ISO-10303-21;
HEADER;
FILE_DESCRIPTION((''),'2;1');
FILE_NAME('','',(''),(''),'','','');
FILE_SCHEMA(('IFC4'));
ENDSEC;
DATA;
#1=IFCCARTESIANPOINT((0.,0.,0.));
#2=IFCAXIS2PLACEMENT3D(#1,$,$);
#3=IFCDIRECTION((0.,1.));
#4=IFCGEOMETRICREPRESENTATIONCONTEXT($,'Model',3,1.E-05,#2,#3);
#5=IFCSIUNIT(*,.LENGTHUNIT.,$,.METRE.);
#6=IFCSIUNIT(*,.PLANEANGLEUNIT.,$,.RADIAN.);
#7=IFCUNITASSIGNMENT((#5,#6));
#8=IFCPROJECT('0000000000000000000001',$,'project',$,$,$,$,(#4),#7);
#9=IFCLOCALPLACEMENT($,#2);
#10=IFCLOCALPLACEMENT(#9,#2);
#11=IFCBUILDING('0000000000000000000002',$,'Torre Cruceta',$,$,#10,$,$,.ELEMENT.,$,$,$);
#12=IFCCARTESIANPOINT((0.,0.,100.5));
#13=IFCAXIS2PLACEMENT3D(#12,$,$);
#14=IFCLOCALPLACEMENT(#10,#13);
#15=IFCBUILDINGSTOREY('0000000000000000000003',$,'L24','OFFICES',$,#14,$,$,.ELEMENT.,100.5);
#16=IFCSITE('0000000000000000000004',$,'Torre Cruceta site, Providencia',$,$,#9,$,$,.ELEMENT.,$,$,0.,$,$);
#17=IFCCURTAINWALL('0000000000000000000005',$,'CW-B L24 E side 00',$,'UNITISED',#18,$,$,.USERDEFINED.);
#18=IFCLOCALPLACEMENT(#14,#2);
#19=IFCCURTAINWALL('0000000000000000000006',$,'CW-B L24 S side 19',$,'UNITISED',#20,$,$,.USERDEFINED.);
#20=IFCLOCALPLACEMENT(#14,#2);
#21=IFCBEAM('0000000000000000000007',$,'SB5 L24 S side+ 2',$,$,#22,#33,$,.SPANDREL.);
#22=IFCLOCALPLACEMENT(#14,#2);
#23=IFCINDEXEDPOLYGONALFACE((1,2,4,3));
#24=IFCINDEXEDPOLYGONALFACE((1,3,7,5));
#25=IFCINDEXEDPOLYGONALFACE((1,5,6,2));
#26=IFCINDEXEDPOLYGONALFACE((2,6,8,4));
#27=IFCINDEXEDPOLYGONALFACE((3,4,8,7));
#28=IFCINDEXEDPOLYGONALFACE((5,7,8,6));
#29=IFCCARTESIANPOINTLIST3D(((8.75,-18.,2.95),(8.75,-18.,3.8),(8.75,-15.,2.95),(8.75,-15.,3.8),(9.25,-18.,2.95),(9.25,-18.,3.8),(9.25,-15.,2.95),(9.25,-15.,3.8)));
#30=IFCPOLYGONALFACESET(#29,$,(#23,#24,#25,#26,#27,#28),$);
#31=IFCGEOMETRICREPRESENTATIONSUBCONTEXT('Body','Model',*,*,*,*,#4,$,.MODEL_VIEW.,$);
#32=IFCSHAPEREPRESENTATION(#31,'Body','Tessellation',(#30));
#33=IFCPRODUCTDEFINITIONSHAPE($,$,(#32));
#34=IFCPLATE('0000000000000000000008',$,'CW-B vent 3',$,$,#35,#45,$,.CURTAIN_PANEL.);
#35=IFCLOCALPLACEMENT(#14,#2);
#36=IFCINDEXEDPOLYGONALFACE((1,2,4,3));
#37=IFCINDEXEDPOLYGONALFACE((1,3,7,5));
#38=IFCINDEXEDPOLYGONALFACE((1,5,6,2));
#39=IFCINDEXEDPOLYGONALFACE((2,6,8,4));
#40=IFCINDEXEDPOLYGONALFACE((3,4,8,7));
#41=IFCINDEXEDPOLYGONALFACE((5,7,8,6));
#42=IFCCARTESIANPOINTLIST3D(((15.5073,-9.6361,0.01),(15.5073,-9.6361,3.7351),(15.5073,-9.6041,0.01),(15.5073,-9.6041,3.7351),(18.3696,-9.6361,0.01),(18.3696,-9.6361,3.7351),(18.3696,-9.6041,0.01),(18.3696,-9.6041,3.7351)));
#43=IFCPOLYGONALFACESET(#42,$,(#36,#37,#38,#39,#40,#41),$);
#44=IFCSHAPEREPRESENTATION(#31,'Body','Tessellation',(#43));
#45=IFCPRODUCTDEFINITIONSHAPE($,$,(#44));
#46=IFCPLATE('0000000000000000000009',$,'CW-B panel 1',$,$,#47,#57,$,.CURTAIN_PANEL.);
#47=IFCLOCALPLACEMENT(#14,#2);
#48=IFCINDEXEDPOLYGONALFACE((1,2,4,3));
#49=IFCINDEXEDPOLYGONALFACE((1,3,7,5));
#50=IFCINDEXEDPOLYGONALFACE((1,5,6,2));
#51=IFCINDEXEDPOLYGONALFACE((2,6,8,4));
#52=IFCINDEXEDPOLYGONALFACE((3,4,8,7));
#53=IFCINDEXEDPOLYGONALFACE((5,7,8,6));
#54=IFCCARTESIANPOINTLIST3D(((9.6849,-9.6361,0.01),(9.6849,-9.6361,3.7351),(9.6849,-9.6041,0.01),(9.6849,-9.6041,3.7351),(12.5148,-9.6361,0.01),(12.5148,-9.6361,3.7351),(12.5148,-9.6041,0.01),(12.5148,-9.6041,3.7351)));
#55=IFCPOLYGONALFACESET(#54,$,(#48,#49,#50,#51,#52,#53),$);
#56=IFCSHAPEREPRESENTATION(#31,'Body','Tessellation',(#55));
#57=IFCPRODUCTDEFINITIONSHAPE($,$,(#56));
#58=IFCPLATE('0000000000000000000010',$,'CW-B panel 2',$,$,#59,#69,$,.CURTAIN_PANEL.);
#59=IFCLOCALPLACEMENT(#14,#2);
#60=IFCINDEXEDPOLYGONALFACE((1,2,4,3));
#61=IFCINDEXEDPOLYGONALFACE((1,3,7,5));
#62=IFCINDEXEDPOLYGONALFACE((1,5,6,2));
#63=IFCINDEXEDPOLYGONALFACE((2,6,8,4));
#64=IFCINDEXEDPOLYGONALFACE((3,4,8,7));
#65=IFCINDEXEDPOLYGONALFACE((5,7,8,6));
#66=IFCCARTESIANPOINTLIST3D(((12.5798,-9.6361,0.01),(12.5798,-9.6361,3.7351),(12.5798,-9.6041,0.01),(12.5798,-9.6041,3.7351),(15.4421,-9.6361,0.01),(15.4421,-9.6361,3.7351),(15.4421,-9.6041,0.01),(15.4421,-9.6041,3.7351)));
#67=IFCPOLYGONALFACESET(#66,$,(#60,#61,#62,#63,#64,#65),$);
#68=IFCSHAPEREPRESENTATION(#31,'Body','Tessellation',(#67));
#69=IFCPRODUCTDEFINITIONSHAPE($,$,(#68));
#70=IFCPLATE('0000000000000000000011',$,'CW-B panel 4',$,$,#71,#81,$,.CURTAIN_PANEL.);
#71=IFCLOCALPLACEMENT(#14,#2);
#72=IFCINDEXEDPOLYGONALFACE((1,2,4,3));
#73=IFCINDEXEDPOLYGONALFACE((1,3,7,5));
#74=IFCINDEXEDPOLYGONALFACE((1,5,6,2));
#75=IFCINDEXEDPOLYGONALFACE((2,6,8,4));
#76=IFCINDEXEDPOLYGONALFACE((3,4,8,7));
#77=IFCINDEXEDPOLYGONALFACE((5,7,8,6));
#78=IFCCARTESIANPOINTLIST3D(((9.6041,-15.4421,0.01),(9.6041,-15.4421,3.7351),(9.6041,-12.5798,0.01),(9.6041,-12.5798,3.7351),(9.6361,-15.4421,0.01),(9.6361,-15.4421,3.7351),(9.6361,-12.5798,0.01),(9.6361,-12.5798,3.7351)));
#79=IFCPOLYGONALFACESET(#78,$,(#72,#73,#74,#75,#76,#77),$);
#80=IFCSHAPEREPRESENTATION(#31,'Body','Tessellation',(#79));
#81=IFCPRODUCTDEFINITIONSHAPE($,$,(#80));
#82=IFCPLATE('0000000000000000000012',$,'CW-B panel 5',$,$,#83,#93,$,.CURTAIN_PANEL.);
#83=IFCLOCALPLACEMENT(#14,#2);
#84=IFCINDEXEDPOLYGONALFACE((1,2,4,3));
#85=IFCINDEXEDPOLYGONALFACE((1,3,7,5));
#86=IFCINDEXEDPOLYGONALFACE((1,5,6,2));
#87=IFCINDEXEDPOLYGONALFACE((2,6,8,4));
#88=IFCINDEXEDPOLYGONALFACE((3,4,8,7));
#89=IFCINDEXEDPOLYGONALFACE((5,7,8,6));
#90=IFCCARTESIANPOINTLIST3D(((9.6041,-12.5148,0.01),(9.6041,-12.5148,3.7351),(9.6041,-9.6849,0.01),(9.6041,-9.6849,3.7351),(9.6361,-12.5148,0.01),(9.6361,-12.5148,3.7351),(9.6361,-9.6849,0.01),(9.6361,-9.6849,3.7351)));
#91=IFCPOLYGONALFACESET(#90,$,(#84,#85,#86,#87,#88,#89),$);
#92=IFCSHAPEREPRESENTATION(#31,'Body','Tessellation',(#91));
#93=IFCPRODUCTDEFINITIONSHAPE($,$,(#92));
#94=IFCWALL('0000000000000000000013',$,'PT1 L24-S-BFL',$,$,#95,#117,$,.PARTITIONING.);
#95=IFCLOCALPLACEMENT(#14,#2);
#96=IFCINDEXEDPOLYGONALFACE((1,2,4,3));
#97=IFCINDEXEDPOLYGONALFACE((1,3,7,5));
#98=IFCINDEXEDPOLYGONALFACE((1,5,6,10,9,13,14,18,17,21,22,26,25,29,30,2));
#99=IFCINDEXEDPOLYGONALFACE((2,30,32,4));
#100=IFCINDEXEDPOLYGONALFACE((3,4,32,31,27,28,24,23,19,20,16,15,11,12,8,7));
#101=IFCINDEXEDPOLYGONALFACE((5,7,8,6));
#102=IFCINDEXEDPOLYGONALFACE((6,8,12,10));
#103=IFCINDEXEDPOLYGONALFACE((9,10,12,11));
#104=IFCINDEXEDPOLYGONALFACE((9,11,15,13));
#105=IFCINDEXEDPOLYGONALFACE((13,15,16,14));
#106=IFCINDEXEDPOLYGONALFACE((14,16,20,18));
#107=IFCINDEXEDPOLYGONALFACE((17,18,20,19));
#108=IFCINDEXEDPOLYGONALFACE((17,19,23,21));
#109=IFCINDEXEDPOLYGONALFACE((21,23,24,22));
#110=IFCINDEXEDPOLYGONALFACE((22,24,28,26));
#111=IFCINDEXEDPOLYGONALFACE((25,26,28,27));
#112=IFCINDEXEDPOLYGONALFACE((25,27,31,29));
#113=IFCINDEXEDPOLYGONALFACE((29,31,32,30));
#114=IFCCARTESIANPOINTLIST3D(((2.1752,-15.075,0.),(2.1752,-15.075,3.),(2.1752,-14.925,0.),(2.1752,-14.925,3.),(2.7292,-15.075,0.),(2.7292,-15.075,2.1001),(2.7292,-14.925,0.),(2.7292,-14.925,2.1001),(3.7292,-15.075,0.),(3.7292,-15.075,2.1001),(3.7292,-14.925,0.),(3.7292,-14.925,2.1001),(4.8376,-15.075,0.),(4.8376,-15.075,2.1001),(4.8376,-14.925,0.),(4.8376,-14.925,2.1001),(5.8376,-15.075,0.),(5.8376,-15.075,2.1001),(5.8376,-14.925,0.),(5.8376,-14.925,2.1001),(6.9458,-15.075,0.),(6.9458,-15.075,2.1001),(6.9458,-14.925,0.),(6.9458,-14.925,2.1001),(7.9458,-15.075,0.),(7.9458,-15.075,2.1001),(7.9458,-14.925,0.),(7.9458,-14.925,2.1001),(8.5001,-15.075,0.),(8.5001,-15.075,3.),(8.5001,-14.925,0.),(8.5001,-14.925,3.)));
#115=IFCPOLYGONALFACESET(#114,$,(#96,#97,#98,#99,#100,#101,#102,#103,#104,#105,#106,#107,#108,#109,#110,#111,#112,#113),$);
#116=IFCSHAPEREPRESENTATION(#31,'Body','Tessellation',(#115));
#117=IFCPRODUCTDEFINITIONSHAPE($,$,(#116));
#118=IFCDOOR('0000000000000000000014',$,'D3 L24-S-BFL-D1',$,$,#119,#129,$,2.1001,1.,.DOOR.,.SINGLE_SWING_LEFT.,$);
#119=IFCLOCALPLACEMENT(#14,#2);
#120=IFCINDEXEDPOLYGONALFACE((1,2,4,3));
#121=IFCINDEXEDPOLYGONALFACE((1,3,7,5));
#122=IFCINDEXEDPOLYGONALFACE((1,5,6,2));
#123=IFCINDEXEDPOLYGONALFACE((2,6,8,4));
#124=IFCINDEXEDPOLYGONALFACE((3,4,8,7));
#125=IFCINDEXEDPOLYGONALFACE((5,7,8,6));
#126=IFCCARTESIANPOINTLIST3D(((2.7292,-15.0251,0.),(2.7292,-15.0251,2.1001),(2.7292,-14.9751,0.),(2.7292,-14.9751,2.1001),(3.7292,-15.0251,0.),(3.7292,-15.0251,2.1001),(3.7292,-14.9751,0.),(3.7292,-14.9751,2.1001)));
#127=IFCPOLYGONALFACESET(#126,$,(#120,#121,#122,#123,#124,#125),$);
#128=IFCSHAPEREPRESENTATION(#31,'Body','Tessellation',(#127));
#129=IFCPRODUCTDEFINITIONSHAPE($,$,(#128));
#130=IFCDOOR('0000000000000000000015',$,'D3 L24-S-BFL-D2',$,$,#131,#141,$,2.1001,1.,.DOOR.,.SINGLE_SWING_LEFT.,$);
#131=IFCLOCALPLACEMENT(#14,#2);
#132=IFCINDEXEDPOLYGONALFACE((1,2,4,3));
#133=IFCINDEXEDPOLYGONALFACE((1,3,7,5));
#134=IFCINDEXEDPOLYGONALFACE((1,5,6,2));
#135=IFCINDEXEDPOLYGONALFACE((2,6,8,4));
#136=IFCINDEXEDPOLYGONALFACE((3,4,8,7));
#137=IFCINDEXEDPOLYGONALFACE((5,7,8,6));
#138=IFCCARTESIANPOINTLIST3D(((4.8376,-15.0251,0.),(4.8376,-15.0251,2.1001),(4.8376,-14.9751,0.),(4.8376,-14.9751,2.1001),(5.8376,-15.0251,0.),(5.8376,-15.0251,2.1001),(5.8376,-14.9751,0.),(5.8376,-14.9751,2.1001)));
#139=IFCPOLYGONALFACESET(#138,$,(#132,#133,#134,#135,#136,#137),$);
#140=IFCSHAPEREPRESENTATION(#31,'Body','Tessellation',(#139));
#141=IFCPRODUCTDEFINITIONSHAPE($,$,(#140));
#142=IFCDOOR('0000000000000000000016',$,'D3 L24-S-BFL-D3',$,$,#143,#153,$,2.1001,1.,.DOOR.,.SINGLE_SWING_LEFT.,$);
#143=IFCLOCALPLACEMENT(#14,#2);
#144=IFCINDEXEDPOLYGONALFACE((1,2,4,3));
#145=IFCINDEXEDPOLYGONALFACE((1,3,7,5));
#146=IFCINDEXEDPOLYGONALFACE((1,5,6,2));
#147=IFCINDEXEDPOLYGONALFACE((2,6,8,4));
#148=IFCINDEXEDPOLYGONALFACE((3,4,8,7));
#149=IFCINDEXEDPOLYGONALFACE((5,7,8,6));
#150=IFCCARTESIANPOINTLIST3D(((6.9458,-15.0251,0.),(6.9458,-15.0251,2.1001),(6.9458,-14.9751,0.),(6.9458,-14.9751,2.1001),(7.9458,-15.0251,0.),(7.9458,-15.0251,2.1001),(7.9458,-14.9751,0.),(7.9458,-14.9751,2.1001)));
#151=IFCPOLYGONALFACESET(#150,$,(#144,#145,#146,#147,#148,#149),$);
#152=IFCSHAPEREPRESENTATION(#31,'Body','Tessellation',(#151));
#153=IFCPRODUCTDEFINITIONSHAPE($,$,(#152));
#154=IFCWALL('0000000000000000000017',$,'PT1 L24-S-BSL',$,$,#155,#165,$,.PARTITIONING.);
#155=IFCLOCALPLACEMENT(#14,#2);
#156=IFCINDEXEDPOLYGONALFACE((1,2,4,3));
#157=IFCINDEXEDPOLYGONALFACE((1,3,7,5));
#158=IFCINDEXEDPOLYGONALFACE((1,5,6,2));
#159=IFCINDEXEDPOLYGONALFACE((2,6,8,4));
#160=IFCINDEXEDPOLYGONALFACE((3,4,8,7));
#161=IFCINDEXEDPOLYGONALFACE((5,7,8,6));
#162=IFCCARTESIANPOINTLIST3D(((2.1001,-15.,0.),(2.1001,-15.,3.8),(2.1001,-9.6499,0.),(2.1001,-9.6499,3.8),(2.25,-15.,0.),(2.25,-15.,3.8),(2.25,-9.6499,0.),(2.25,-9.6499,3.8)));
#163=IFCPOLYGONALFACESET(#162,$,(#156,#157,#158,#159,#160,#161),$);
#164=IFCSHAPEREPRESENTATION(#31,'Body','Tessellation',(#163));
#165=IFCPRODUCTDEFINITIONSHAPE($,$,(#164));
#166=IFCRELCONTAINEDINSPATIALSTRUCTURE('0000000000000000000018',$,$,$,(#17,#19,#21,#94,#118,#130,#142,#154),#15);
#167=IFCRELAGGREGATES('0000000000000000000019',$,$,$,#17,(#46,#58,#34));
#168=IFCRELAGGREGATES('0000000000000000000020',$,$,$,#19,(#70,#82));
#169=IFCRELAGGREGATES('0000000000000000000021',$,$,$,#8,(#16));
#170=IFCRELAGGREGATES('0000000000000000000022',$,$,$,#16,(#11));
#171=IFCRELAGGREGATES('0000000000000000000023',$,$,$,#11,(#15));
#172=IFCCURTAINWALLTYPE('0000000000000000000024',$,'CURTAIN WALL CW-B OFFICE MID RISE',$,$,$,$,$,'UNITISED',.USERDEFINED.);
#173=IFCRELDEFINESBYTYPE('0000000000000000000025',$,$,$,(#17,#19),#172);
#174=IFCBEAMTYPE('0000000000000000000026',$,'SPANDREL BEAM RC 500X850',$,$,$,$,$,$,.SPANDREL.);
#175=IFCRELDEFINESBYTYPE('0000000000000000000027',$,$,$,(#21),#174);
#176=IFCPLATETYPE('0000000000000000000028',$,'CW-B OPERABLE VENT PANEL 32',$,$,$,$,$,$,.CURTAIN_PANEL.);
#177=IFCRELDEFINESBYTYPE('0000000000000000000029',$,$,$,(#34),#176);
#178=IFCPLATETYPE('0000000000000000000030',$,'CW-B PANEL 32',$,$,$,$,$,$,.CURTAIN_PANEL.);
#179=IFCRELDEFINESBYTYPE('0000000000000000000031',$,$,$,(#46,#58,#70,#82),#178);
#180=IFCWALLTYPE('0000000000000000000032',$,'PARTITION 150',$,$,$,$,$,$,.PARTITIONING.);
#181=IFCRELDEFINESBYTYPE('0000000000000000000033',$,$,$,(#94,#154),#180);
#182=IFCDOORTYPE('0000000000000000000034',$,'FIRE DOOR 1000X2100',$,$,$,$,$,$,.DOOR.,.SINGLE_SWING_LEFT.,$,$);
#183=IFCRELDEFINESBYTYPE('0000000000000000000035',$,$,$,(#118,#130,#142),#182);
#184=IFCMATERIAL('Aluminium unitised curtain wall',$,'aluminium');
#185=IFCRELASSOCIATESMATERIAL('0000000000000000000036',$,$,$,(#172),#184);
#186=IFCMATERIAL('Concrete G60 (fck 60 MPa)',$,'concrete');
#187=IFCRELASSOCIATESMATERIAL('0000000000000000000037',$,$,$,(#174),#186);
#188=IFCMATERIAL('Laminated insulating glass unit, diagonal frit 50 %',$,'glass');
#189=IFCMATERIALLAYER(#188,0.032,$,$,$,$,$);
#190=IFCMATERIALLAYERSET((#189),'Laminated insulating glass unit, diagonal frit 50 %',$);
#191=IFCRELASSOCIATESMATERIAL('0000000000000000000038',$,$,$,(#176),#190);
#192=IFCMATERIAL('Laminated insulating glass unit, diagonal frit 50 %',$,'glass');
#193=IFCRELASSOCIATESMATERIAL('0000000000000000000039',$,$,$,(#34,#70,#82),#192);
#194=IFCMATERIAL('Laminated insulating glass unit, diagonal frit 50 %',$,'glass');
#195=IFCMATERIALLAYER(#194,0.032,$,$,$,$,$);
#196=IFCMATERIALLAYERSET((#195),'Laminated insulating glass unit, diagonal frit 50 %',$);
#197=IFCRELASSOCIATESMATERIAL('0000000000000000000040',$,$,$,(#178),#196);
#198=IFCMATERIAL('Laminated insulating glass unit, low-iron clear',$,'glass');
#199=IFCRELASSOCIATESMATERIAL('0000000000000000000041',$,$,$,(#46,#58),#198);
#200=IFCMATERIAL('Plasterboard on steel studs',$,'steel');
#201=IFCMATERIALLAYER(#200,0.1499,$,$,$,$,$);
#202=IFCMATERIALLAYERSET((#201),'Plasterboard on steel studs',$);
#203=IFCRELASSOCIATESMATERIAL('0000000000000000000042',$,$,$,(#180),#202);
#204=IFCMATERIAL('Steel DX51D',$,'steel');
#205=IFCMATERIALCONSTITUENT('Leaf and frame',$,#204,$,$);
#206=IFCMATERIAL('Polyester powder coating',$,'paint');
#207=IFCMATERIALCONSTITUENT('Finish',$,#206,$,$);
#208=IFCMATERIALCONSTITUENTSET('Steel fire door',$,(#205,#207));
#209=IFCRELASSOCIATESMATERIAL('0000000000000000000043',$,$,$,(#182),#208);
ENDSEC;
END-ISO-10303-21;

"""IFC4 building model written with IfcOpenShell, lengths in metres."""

from ifc_helpers import new_model, si_unit, direction, frame, frame_2d, origin, origin_2d, place, context, subcontext, project, spatial, rectangle, extrude, material, layer, layer_set, constituent, constituent_set, material_profile, profile_set, type_object, element, fill, aggregate, save


model = new_model("IFC4")

# Units and contexts
model_context = context("Model", 3, precision=1e-05, world=origin(), true_north=direction((0.0, 1.0)))
body_context = subcontext(model_context, "Body", "Model", "MODEL_VIEW")
ifc_project = project(units=[si_unit("LENGTHUNIT", "METRE"), si_unit("PLANEANGLEUNIT", "RADIAN")], contexts=[model_context])

# Site, building, storey
site_placement = place(None, origin())
site = spatial("IfcSite", under=ifc_project, at=site_placement, Name="Torre Cruceta site, Providencia", CompositionType="ELEMENT", RefElevation=0.0)
building_placement = place(site_placement, origin())
building = spatial("IfcBuilding", under=site, at=building_placement, Name="Torre Cruceta", CompositionType="ELEMENT")
storey_placement = place(building_placement, frame((0.0, 0.0, 100.5)))
storey = spatial("IfcBuildingStorey", under=building, at=storey_placement, Name="L24", Description="OFFICES", CompositionType="ELEMENT", Elevation=100.5)

# Curtain walls
ifc_material_1 = material(Name="Aluminium unitised curtain wall", Category="aluminium")
curtain_wall_type = type_object("IfcCurtainWallType", Name="CURTAIN WALL CW-B OFFICE MID RISE", ElementType="UNITISED", PredefinedType="USERDEFINED", material=ifc_material_1)
curtain_wall_1_placement = place(storey_placement, origin())
curtain_wall_1 = element("IfcCurtainWall", 1, at=curtain_wall_1_placement, inside=storey, type_object=curtain_wall_type, Name="CW-B L24 E side 00", ObjectType="UNITISED", PredefinedType="USERDEFINED")
curtain_wall_2_placement = place(storey_placement, origin())
curtain_wall_2 = element("IfcCurtainWall", 2, at=curtain_wall_2_placement, inside=storey, type_object=curtain_wall_type, Name="CW-B L24 S side 19", ObjectType="UNITISED", PredefinedType="USERDEFINED")

# Beam
ifc_material_2 = material(Name="Concrete G60 (fck 60 MPa)", Category="concrete")
ifc_material_profile_1 = material_profile(ifc_material_2, rectangle(XDim=0.5, YDim=0.8501, at=origin_2d()), Name="RC 500X850")
ifc_profile_set_1 = profile_set([ifc_material_profile_1], Name="Concrete G60 (fck 60 MPa)")
beam_type_1 = type_object("IfcBeamType", Name="SPANDREL BEAM RC 500X850", PredefinedType="SPANDREL", material=ifc_profile_set_1)
beam_1_placement = place(storey_placement, frame((9.0, -15.0, 3.375), z_axis=(0.0, -1.0, 0.0), x_axis=(1.0, 0.0, 0.0)))
element("IfcBeam", 3, at=beam_1_placement, inside=storey, type_object=beam_type_1, Name="SB5 L24 S side+ 2", PredefinedType="SPANDREL", context=body_context, shape_type="SweptSolid", body=[
    extrude(rectangle(XDim=0.5, YDim=0.8501, at=origin_2d()), origin(), (0.0, 0.0, 1.0), 3.0),
])

# Plates
ifc_material_3 = material(Name="Laminated insulating glass unit, diagonal frit 50 %", Category="glass")
ifc_material_4 = material(Name="Laminated insulating glass unit, diagonal frit 50 %", Category="glass")
ifc_layer_1 = layer(ifc_material_4, 0.032)
ifc_layer_set_1 = layer_set([ifc_layer_1], Name="Laminated insulating glass unit, diagonal frit 50 %")
plate_type_1 = type_object("IfcPlateType", Name="CW-B OPERABLE VENT PANEL 32", PredefinedType="CURTAIN_PANEL", material=ifc_layer_set_1)
plate_1_placement = place(storey_placement, frame((16.9385, -9.6201, 0.01), z_axis=(0.0, 0.0, 1.0), x_axis=(1.0, 0.0, 0.0)))
plate_1 = element("IfcPlate", 4, at=plate_1_placement, type_object=plate_type_1, material=ifc_material_3, Name="CW-B vent 3", PredefinedType="CURTAIN_PANEL", context=body_context, shape_type="SweptSolid", body=[
    extrude(rectangle(XDim=2.8623, YDim=0.032, at=origin_2d()), origin(), (0.0, 0.0, 1.0), 3.7251),
])
ifc_material_5 = material(Name="Laminated insulating glass unit, low-iron clear", Category="glass")
ifc_material_6 = material(Name="Laminated insulating glass unit, diagonal frit 50 %", Category="glass")
ifc_layer_2 = layer(ifc_material_6, 0.032)
ifc_layer_set_2 = layer_set([ifc_layer_2], Name="Laminated insulating glass unit, diagonal frit 50 %")
plate_type_2 = type_object("IfcPlateType", Name="CW-B PANEL 32", PredefinedType="CURTAIN_PANEL", material=ifc_layer_set_2)
plate_2_placement = place(storey_placement, frame((11.0999, -9.6201, 0.01), z_axis=(0.0, 0.0, 1.0), x_axis=(1.0, 0.0, 0.0)))
plate_2 = element("IfcPlate", 5, at=plate_2_placement, type_object=plate_type_2, material=ifc_material_5, Name="CW-B panel 1", PredefinedType="CURTAIN_PANEL", context=body_context, shape_type="SweptSolid", body=[
    extrude(rectangle(XDim=2.8298, YDim=0.032, at=origin_2d()), origin(), (0.0, 0.0, 1.0), 3.7251),
])
plate_3_placement = place(storey_placement, frame((14.011, -9.6201, 0.01), z_axis=(0.0, 0.0, 1.0), x_axis=(1.0, 0.0, 0.0)))
plate_3 = element("IfcPlate", 6, at=plate_3_placement, type_object=plate_type_2, material=ifc_material_5, Name="CW-B panel 2", PredefinedType="CURTAIN_PANEL", context=body_context, shape_type="SweptSolid", body=[
    extrude(rectangle(XDim=2.8623, YDim=0.032, at=origin_2d()), origin(), (0.0, 0.0, 1.0), 3.7251),
])
aggregate(curtain_wall_1, [plate_2, plate_3, plate_1])
plate_4_placement = place(storey_placement, frame((9.6201, -14.011, 0.01), z_axis=(0.0, 0.0, 1.0), x_axis=(0.0, 1.0, 0.0)))
plate_4 = element("IfcPlate", 7, at=plate_4_placement, type_object=plate_type_2, material=ifc_material_3, Name="CW-B panel 4", PredefinedType="CURTAIN_PANEL", context=body_context, shape_type="SweptSolid", body=[
    extrude(rectangle(XDim=2.8623, YDim=0.032, at=origin_2d()), origin(), (0.0, 0.0, 1.0), 3.7251),
])
plate_5_placement = place(storey_placement, frame((9.6201, -11.0999, 0.01), z_axis=(0.0, 0.0, 1.0), x_axis=(0.0, 1.0, 0.0)))
plate_5 = element("IfcPlate", 8, at=plate_5_placement, type_object=plate_type_2, material=ifc_material_3, Name="CW-B panel 5", PredefinedType="CURTAIN_PANEL", context=body_context, shape_type="SweptSolid", body=[
    extrude(rectangle(XDim=2.8298, YDim=0.032, at=origin_2d()), origin(), (0.0, 0.0, 1.0), 3.7251),
])
aggregate(curtain_wall_2, [plate_4, plate_5])

# Wall, openings, doors
ifc_material_7 = material(Name="Plasterboard on steel studs", Category="steel")
ifc_layer_3 = layer(ifc_material_7, 0.1499)
ifc_layer_set_3 = layer_set([ifc_layer_3], Name="Plasterboard on steel studs")
wall_type_1 = type_object("IfcWallType", Name="PARTITION 150", PredefinedType="PARTITIONING", material=ifc_layer_set_3)
wall_1_placement = place(storey_placement, frame((2.175, -15.0, 0.0), z_axis=(0.0, 0.0, 1.0), x_axis=(1.0, 0.0, 0.0)))
wall_1 = element("IfcWall", 9, at=wall_1_placement, inside=storey, type_object=wall_type_1, Name="PT1 L24-S-BFL", PredefinedType="PARTITIONING", context=body_context, shape_type="SweptSolid", body=[
    extrude(rectangle(XDim=6.325, YDim=0.1499, at=frame_2d((3.1626, 0.0))), origin(), (0.0, 0.0, 1.0), 3.0),
])
opening_1_placement = place(wall_1_placement, frame((0.5542, 0.0, 0.0)))
opening_1 = element("IfcOpeningElement", 10, at=opening_1_placement, cuts=wall_1, PredefinedType="OPENING", context=body_context, shape_type="SweptSolid", body=[
    extrude(rectangle(XDim=1.0, YDim=2.1001, at=frame_2d((0.5, 1.05))), frame((0.0, 0.085, 0.0), z_axis=(0.0, -1.0, 0.0), x_axis=(1.0, 0.0, 0.0)), (0.0, 0.0, 1.0), 0.1699),
])
opening_2_placement = place(wall_1_placement, frame((2.6626, 0.0, 0.0)))
opening_2 = element("IfcOpeningElement", 11, at=opening_2_placement, cuts=wall_1, PredefinedType="OPENING", context=body_context, shape_type="SweptSolid", body=[
    extrude(rectangle(XDim=1.0, YDim=2.1001, at=frame_2d((0.5, 1.05))), frame((0.0, 0.085, 0.0), z_axis=(0.0, -1.0, 0.0), x_axis=(1.0, 0.0, 0.0)), (0.0, 0.0, 1.0), 0.1699),
])
opening_3_placement = place(wall_1_placement, frame((4.7708, 0.0, 0.0)))
opening_3 = element("IfcOpeningElement", 12, at=opening_3_placement, cuts=wall_1, PredefinedType="OPENING", context=body_context, shape_type="SweptSolid", body=[
    extrude(rectangle(XDim=1.0, YDim=2.1001, at=frame_2d((0.5, 1.05))), frame((0.0, 0.085, 0.0), z_axis=(0.0, -1.0, 0.0), x_axis=(1.0, 0.0, 0.0)), (0.0, 0.0, 1.0), 0.1699),
])
ifc_material_8 = material(Name="Steel DX51D", Category="steel")
ifc_constituent_1 = constituent(ifc_material_8, Name="Leaf and frame")
ifc_material_9 = material(Name="Polyester powder coating", Category="paint")
ifc_constituent_2 = constituent(ifc_material_9, Name="Finish")
ifc_constituent_set = constituent_set(constituents=[ifc_constituent_1, ifc_constituent_2], Name="Steel fire door")
door_type = type_object("IfcDoorType", Name="FIRE DOOR 1000X2100", OperationType="SINGLE_SWING_LEFT", PredefinedType="DOOR", material=ifc_constituent_set)
door_1_placement = place(opening_1_placement, origin())
door_1 = element("IfcDoor", 13, at=door_1_placement, inside=storey, type_object=door_type, Name="D3 L24-S-BFL-D1", OperationType="SINGLE_SWING_LEFT", OverallHeight=2.1001, OverallWidth=1.0, PredefinedType="DOOR", context=body_context, shape_type="SweptSolid", body=[
    extrude(rectangle(XDim=1.0, YDim=2.1001, at=frame_2d((0.5, 1.05))), frame((0.0, 0.0249, 0.0), z_axis=(0.0, -1.0, 0.0), x_axis=(1.0, 0.0, 0.0)), (0.0, 0.0, 1.0), 0.05),
])
fill(opening_1, door_1)
door_2_placement = place(opening_2_placement, origin())
door_2 = element("IfcDoor", 14, at=door_2_placement, inside=storey, type_object=door_type, Name="D3 L24-S-BFL-D2", OperationType="SINGLE_SWING_LEFT", OverallHeight=2.1001, OverallWidth=1.0, PredefinedType="DOOR", context=body_context, shape_type="SweptSolid", body=[
    extrude(rectangle(XDim=1.0, YDim=2.1001, at=frame_2d((0.5, 1.05))), frame((0.0, 0.0249, 0.0), z_axis=(0.0, -1.0, 0.0), x_axis=(1.0, 0.0, 0.0)), (0.0, 0.0, 1.0), 0.05),
])
fill(opening_2, door_2)
door_3_placement = place(opening_3_placement, origin())
door_3 = element("IfcDoor", 15, at=door_3_placement, inside=storey, type_object=door_type, Name="D3 L24-S-BFL-D3", OperationType="SINGLE_SWING_LEFT", OverallHeight=2.1001, OverallWidth=1.0, PredefinedType="DOOR", context=body_context, shape_type="SweptSolid", body=[
    extrude(rectangle(XDim=1.0, YDim=2.1001, at=frame_2d((0.5, 1.05))), frame((0.0, 0.0249, 0.0), z_axis=(0.0, -1.0, 0.0), x_axis=(1.0, 0.0, 0.0)), (0.0, 0.0, 1.0), 0.05),
])
fill(opening_3, door_3)

# Wall
wall_2_placement = place(storey_placement, frame((2.175, -9.6499, 0.0), z_axis=(0.0, 0.0, 1.0), x_axis=(0.0, -1.0, 0.0)))
element("IfcWall", 16, at=wall_2_placement, inside=storey, type_object=wall_type_1, Name="PT1 L24-S-BSL", PredefinedType="PARTITIONING", context=body_context, shape_type="SweptSolid", body=[
    extrude(rectangle(XDim=5.3501, YDim=0.1499, at=frame_2d((2.675, 0.0))), origin(), (0.0, 0.0, 1.0), 3.8),
])

save(model, "model.ifc")
